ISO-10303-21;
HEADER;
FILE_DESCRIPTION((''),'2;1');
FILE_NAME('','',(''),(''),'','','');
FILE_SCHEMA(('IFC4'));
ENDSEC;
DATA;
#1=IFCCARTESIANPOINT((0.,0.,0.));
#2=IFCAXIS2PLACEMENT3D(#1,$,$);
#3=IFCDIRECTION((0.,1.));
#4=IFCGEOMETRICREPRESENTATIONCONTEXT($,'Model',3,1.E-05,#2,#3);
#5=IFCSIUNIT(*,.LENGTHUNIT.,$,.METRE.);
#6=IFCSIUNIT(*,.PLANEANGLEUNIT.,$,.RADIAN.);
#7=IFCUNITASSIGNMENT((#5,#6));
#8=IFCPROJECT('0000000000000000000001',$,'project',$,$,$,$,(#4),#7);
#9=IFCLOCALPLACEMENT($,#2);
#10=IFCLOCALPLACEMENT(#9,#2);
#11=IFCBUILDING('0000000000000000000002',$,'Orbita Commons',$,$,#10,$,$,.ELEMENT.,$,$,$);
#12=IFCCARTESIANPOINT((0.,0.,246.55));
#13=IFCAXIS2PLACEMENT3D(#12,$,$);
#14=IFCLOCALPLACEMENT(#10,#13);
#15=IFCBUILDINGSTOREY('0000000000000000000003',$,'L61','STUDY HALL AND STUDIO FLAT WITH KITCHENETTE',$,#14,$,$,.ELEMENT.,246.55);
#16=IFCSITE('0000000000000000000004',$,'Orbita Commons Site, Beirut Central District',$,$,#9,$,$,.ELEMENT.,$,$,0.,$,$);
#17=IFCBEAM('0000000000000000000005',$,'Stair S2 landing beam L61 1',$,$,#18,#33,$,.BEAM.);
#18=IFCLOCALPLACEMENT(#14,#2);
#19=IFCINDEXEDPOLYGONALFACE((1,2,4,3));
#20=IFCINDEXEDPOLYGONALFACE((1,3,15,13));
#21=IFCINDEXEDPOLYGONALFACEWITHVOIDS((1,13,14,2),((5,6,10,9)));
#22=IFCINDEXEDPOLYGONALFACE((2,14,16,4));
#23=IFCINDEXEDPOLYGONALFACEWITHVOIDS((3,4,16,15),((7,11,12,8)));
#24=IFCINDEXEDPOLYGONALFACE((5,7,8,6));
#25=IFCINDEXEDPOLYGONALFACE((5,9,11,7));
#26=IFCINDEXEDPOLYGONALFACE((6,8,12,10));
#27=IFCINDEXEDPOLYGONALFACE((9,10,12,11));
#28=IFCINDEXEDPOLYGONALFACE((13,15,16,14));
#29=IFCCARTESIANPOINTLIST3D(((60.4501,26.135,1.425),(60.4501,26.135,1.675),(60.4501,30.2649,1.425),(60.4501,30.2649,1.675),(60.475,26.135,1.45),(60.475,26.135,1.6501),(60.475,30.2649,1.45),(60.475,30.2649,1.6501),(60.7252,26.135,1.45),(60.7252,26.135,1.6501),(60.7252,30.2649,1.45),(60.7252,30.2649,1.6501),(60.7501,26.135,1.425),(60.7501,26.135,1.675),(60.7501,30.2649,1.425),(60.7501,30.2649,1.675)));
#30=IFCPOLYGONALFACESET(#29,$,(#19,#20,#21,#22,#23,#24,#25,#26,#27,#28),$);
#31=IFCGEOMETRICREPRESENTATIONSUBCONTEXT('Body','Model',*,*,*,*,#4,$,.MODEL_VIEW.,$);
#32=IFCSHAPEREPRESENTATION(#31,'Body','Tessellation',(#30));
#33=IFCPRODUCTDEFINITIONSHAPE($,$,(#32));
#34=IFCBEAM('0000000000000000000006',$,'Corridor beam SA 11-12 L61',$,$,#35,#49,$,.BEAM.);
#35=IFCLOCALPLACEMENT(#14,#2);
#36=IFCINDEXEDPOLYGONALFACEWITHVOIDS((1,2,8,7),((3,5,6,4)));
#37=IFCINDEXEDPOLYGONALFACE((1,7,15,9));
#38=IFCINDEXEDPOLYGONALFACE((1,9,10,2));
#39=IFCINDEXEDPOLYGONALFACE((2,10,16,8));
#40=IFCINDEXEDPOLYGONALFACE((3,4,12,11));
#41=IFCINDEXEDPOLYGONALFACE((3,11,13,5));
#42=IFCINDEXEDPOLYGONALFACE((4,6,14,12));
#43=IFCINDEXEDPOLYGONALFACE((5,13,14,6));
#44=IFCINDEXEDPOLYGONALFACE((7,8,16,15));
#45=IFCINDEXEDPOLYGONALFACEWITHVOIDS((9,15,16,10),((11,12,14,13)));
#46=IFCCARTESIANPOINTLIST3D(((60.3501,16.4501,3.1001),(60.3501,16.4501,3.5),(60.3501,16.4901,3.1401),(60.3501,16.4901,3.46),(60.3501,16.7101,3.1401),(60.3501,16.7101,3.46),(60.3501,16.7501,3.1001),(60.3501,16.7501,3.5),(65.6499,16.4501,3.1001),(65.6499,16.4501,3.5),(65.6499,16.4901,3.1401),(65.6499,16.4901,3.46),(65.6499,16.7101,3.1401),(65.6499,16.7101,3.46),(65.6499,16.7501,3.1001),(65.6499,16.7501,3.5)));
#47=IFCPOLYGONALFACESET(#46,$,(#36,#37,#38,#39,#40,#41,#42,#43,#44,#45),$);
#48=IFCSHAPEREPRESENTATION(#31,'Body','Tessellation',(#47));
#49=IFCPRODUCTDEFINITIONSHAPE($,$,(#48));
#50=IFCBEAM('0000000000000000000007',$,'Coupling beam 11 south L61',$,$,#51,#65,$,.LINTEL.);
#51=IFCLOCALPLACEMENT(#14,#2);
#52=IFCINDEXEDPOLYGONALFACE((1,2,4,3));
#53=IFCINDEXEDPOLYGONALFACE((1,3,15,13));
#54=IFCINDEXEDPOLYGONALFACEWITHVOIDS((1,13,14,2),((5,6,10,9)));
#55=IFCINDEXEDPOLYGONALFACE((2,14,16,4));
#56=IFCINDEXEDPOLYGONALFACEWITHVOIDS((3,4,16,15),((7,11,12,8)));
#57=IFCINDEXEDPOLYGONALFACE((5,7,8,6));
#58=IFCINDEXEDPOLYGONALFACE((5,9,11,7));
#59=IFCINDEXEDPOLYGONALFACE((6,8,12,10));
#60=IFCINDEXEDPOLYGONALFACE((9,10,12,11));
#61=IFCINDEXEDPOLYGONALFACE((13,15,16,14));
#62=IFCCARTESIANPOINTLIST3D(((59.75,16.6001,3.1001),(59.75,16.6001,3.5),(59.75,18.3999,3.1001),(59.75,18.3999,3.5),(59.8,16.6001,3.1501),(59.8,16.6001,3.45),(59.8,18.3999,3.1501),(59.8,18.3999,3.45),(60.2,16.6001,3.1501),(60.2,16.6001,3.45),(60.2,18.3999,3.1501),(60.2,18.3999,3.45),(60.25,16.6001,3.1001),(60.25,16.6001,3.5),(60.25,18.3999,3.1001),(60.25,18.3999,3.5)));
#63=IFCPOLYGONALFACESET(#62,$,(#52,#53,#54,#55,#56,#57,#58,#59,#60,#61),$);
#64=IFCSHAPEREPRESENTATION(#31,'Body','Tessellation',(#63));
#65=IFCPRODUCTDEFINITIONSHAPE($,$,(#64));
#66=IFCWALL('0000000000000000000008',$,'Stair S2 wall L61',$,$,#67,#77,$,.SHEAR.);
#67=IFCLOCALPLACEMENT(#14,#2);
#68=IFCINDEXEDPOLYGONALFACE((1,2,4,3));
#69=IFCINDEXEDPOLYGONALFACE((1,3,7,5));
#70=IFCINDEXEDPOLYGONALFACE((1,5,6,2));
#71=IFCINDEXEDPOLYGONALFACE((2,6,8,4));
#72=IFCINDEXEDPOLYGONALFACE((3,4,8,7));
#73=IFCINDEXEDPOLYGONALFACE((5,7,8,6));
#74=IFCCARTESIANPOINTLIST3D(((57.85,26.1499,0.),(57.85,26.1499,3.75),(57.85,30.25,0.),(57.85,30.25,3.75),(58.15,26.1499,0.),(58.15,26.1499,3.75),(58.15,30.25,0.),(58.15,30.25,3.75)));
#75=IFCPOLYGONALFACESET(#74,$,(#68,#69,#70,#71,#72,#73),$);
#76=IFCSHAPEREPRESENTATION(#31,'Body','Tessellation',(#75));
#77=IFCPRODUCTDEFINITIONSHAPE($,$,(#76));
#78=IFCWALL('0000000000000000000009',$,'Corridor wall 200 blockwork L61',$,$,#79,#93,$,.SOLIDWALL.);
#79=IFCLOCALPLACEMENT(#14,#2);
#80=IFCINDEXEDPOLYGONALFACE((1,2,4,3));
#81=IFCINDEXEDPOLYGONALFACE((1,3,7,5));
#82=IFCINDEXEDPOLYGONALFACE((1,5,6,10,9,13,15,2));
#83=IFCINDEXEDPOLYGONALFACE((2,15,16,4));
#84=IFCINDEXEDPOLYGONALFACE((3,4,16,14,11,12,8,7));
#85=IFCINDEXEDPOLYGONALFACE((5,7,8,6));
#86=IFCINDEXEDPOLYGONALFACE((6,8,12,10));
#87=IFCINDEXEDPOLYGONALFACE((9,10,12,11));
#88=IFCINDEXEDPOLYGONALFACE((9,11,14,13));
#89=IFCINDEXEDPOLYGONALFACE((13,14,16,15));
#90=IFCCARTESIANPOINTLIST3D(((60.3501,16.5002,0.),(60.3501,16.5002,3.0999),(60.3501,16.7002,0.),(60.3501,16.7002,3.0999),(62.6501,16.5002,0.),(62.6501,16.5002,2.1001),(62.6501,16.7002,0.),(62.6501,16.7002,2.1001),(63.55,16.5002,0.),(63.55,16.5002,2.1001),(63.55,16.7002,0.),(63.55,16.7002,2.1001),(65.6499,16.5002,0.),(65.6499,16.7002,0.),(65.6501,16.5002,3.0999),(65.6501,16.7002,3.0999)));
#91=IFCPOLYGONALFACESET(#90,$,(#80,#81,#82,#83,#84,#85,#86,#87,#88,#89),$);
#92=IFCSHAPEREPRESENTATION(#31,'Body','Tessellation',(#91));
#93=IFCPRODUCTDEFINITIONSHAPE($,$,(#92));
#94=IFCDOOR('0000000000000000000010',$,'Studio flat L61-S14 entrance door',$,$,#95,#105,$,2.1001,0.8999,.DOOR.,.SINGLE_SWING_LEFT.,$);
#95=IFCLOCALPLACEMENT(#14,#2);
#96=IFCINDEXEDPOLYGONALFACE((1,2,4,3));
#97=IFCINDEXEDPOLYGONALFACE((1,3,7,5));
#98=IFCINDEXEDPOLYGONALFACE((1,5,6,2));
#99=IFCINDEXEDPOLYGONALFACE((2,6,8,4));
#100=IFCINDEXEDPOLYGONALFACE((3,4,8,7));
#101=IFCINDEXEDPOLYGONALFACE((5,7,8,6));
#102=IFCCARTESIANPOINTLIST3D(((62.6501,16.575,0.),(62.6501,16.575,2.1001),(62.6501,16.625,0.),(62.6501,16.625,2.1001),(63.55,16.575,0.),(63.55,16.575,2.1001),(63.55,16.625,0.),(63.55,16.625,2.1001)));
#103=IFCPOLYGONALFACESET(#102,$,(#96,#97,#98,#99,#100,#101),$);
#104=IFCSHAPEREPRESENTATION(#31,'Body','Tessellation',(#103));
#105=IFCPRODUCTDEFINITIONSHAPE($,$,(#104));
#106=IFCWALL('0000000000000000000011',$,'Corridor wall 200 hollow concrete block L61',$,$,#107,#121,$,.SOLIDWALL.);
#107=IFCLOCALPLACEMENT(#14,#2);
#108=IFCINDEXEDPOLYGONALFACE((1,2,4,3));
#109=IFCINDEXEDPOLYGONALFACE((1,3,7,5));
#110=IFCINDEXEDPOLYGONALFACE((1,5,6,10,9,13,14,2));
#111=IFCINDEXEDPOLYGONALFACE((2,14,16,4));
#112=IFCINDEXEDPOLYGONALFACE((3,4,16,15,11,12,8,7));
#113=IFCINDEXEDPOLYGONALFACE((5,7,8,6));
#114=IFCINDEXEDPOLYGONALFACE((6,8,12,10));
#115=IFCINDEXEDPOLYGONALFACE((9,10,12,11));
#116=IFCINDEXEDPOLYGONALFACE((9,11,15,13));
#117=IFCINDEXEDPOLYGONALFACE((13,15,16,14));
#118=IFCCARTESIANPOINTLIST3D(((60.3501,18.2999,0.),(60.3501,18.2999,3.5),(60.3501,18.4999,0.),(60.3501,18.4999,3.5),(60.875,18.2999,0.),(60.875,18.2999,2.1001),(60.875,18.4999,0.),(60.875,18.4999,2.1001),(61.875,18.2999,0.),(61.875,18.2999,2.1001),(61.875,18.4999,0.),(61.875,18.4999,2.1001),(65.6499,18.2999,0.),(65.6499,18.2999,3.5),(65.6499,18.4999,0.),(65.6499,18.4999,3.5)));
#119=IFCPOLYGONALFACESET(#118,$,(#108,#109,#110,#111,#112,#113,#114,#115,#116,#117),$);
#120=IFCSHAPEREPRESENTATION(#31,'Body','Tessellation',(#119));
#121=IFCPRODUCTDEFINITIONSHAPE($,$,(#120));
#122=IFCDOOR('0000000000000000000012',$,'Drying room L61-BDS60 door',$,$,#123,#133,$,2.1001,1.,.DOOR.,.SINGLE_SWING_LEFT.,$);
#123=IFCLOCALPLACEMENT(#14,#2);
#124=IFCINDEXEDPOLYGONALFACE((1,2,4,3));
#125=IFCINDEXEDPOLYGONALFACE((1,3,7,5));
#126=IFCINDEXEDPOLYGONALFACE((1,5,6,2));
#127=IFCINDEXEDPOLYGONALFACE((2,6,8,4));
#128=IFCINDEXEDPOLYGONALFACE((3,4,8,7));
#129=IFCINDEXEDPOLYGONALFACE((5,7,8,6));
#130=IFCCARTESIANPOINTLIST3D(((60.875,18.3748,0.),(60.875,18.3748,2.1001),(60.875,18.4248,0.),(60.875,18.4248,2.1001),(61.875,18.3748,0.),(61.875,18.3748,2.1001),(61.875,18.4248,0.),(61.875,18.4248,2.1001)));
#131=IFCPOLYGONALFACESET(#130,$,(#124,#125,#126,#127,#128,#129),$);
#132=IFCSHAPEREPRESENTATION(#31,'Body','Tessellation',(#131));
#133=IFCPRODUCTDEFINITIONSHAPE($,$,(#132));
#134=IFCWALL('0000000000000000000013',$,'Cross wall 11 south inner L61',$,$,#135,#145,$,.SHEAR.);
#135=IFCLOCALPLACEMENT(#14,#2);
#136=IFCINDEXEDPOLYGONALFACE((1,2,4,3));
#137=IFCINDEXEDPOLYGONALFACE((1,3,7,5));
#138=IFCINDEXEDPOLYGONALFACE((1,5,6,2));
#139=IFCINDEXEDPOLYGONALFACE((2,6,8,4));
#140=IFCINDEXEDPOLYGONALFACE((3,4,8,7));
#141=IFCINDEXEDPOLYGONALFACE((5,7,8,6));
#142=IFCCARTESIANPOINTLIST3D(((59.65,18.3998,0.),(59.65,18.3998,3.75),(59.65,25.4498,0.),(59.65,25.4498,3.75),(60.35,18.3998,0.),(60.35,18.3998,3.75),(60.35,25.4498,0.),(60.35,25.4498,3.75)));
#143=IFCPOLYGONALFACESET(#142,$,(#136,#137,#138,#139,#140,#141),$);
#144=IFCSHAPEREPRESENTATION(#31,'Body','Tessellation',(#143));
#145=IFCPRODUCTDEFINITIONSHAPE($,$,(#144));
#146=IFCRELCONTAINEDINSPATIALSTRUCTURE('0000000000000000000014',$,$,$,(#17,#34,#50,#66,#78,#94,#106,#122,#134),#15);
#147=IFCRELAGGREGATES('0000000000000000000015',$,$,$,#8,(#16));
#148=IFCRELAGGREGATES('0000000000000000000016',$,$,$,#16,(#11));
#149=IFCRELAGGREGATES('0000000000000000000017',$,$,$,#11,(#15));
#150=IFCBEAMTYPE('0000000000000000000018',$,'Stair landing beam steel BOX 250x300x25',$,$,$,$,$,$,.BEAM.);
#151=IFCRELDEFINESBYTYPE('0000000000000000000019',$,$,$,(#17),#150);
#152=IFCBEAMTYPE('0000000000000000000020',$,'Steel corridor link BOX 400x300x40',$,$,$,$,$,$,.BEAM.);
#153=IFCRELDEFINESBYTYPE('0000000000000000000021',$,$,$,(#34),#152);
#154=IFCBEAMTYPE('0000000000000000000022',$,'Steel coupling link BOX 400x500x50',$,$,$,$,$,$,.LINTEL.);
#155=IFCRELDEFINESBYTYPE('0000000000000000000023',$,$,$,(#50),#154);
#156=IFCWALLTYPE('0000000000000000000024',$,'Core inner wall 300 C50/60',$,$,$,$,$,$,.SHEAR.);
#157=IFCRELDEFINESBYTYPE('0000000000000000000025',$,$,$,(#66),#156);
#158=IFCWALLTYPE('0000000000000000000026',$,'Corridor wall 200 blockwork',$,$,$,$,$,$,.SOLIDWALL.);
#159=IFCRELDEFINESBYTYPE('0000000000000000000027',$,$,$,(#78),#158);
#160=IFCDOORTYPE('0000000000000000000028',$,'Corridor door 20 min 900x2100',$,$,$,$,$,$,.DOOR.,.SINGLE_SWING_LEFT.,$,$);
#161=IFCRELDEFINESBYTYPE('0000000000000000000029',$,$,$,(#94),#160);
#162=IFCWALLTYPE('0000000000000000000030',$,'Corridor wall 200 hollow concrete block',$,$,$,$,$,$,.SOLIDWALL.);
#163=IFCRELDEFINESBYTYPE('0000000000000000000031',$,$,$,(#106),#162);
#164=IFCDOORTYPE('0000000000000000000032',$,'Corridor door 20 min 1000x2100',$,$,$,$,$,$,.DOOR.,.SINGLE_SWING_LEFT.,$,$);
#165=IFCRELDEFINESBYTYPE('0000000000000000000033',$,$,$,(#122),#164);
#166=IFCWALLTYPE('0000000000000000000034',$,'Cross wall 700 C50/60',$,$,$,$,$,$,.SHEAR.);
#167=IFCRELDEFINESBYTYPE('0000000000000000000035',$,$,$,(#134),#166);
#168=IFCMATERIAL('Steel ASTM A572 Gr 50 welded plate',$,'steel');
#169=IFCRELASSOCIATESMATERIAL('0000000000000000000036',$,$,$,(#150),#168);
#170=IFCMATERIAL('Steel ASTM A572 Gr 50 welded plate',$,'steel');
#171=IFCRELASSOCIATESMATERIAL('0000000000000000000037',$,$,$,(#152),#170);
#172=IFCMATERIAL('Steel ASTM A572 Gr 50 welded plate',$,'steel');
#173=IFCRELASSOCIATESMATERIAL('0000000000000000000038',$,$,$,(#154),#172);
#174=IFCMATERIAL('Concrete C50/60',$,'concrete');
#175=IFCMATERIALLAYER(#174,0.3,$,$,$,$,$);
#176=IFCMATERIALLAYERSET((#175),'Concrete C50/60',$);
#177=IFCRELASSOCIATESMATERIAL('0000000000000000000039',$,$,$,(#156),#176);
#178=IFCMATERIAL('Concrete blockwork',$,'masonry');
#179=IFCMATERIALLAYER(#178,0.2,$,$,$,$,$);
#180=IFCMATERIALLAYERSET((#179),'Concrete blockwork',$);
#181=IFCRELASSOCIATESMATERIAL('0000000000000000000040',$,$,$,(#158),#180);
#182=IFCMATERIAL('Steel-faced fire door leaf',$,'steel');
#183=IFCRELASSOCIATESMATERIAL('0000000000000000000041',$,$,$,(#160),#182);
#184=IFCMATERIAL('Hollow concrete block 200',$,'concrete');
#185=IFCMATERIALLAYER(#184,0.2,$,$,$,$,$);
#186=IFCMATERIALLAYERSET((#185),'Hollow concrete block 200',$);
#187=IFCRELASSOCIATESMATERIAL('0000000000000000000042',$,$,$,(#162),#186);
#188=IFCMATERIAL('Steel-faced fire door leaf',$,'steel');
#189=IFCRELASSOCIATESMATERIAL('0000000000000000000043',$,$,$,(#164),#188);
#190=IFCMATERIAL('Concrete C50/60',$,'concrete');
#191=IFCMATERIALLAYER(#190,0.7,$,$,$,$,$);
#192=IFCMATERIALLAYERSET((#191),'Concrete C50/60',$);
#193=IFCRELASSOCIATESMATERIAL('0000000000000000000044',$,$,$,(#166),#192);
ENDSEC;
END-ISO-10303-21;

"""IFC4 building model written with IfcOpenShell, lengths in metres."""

from ifc_helpers import new_model, si_unit, direction, frame, frame_2d, origin, origin_2d, place, context, subcontext, project, spatial, polyline, rectangle, hollow_rectangle, outline, extrude, material, layer, layer_set, material_profile, profile_set, type_object, element, fill, save


model = new_model("IFC4")

# Units and contexts
model_context = context("Model", 3, precision=1e-05, world=origin(), true_north=direction((0.0, 1.0)))
body_context = subcontext(model_context, "Body", "Model", "MODEL_VIEW")
ifc_project = project(units=[si_unit("LENGTHUNIT", "METRE"), si_unit("PLANEANGLEUNIT", "RADIAN")], contexts=[model_context])

# Site, building, storey
site_placement = place(None, origin())
site = spatial("IfcSite", under=ifc_project, at=site_placement, Name="Orbita Commons Site, Beirut Central District", CompositionType="ELEMENT", RefElevation=0.0)
building_placement = place(site_placement, origin())
building = spatial("IfcBuilding", under=site, at=building_placement, Name="Orbita Commons", CompositionType="ELEMENT")
storey_placement = place(building_placement, frame((0.0, 0.0, 246.55)))
storey = spatial("IfcBuildingStorey", under=building, at=storey_placement, Name="L61", Description="STUDY HALL AND STUDIO FLAT WITH KITCHENETTE", CompositionType="ELEMENT", Elevation=246.55)

# Beams
ifc_material_1 = material(Name="Steel ASTM A572 Gr 50 welded plate", Category="steel")
ifc_material_profile_1 = material_profile(ifc_material_1, hollow_rectangle(XDim=0.3, YDim=0.25, WallThickness=0.0249, at=origin_2d()), Name="BOX 250x300x25")
ifc_profile_set_1 = profile_set([ifc_material_profile_1], Name="Steel ASTM A572 Gr 50 welded plate")
beam_type_1 = type_object("IfcBeamType", Name="Stair landing beam steel BOX 250x300x25", PredefinedType="BEAM", material=ifc_profile_set_1)
beam_1_placement = place(storey_placement, frame((60.6001, 26.135, 1.55), z_axis=(0.0, 1.0, 0.0), x_axis=(-1.0, 0.0, 0.0)))
element("IfcBeam", 1, at=beam_1_placement, inside=storey, type_object=beam_type_1, Name="Stair S2 landing beam L61 1", PredefinedType="BEAM", context=body_context, shape_type="SweptSolid", body=[
    extrude(hollow_rectangle(XDim=0.3, YDim=0.25, WallThickness=0.0249, at=origin_2d()), origin(), (0.0, 0.0, 1.0), 4.1299),
])
ifc_material_2 = material(Name="Steel ASTM A572 Gr 50 welded plate", Category="steel")
ifc_material_profile_2 = material_profile(ifc_material_2, hollow_rectangle(XDim=0.3, YDim=0.3999, WallThickness=0.04, at=origin_2d()), Name="BOX 400x300x40")
ifc_profile_set_2 = profile_set([ifc_material_profile_2], Name="Steel ASTM A572 Gr 50 welded plate")
beam_type_2 = type_object("IfcBeamType", Name="Steel corridor link BOX 400x300x40", PredefinedType="BEAM", material=ifc_profile_set_2)
beam_2_placement = place(storey_placement, frame((60.3501, 16.6001, 3.3), z_axis=(1.0, 0.0, 0.0), x_axis=(0.0, 1.0, 0.0)))
element("IfcBeam", 2, at=beam_2_placement, inside=storey, type_object=beam_type_2, Name="Corridor beam SA 11-12 L61", PredefinedType="BEAM", context=body_context, shape_type="SweptSolid", body=[
    extrude(hollow_rectangle(XDim=0.3, YDim=0.3999, WallThickness=0.04, at=origin_2d()), origin(), (0.0, 0.0, 1.0), 5.2998),
])
ifc_material_3 = material(Name="Steel ASTM A572 Gr 50 welded plate", Category="steel")
ifc_material_profile_3 = material_profile(ifc_material_3, hollow_rectangle(XDim=0.5, YDim=0.3999, WallThickness=0.05, at=origin_2d()), Name="BOX 400x500x50")
ifc_profile_set_3 = profile_set([ifc_material_profile_3], Name="Steel ASTM A572 Gr 50 welded plate")
beam_type_3 = type_object("IfcBeamType", Name="Steel coupling link BOX 400x500x50", PredefinedType="LINTEL", material=ifc_profile_set_3)
beam_3_placement = place(storey_placement, frame((60.0, 16.6001, 3.3), z_axis=(0.0, 1.0, 0.0), x_axis=(-1.0, 0.0, 0.0)))
element("IfcBeam", 3, at=beam_3_placement, inside=storey, type_object=beam_type_3, Name="Coupling beam 11 south L61", PredefinedType="LINTEL", context=body_context, shape_type="SweptSolid", body=[
    extrude(hollow_rectangle(XDim=0.5, YDim=0.3999, WallThickness=0.05, at=origin_2d()), origin(), (0.0, 0.0, 1.0), 1.7998),
])

# Wall
ifc_material_4 = material(Name="Concrete C50/60", Category="concrete")
ifc_layer_1 = layer(ifc_material_4, 0.3)
ifc_layer_set_1 = layer_set([ifc_layer_1], Name="Concrete C50/60")
wall_type_1 = type_object("IfcWallType", Name="Core inner wall 300 C50/60", PredefinedType="SHEAR", material=ifc_layer_set_1)
wall_1_placement = place(storey_placement, frame((58.0, 26.1499, 0.0), z_axis=(0.0, 0.0, 1.0), x_axis=(0.0, 1.0, 0.0)))
element("IfcWall", 4, at=wall_1_placement, inside=storey, type_object=wall_type_1, Name="Stair S2 wall L61", PredefinedType="SHEAR", context=body_context, shape_type="SweptSolid", body=[
    extrude(rectangle(XDim=4.1001, YDim=0.3, at=frame_2d((2.05, 0.0))), origin(), (0.0, 0.0, 1.0), 3.75),
])

# Walls, openings, doors
ifc_material_5 = material(Name="Concrete blockwork", Category="masonry")
ifc_layer_2 = layer(ifc_material_5, 0.2)
ifc_layer_set_2 = layer_set([ifc_layer_2], Name="Concrete blockwork")
wall_type_2 = type_object("IfcWallType", Name="Corridor wall 200 blockwork", PredefinedType="SOLIDWALL", material=ifc_layer_set_2)
wall_2_placement = place(storey_placement, frame((60.3501, 16.6001, 0.0), z_axis=(0.0, 0.0, 1.0), x_axis=(1.0, 0.0, 0.0)))
wall_2 = element("IfcWall", 5, at=wall_2_placement, inside=storey, type_object=wall_type_2, Name="Corridor wall 200 blockwork L61", PredefinedType="SOLIDWALL", context=body_context, shape_type="SweptSolid", body=[
    extrude(outline(polyline([(0.0, 0.0), (5.2998, 0.0), (5.3, 3.0999), (0.0, 3.0999), (0.0, 0.0)])), frame((0.0, 0.1001, 0.0), z_axis=(0.0, -1.0, 0.0), x_axis=(1.0, 0.0, 0.0)), (0.0, 0.0, 1.0), 0.2),
])
opening_1_placement = place(wall_2_placement, frame((2.3, 0.0, 0.0)))
opening_1 = element("IfcOpeningElement", 6, at=opening_1_placement, cuts=wall_2, PredefinedType="OPENING", context=body_context, shape_type="SweptSolid", body=[
    extrude(rectangle(XDim=0.8999, YDim=2.1001, at=frame_2d((0.45, 1.05))), frame((0.0, 0.1099, 0.0), z_axis=(0.0, -1.0, 0.0), x_axis=(1.0, 0.0, 0.0)), (0.0, 0.0, 1.0), 0.22),
])
ifc_material_6 = material(Name="Steel-faced fire door leaf", Category="steel")
door_type_1 = type_object("IfcDoorType", Name="Corridor door 20 min 900x2100", OperationType="SINGLE_SWING_LEFT", PredefinedType="DOOR", material=ifc_material_6)
door_1_placement = place(opening_1_placement, origin())
door_1 = element("IfcDoor", 7, at=door_1_placement, inside=storey, type_object=door_type_1, Name="Studio flat L61-S14 entrance door", OperationType="SINGLE_SWING_LEFT", OverallHeight=2.1001, OverallWidth=0.8999, PredefinedType="DOOR", context=body_context, shape_type="SweptSolid", body=[
    extrude(rectangle(XDim=0.8999, YDim=2.1001, at=frame_2d((0.45, 1.05))), frame((0.0, 0.0249, 0.0), z_axis=(0.0, -1.0, 0.0), x_axis=(1.0, 0.0, 0.0)), (0.0, 0.0, 1.0), 0.05),
])
fill(opening_1, door_1)
ifc_material_7 = material(Name="Hollow concrete block 200", Category="concrete")
ifc_layer_3 = layer(ifc_material_7, 0.2)
ifc_layer_set_3 = layer_set([ifc_layer_3], Name="Hollow concrete block 200")
wall_type_3 = type_object("IfcWallType", Name="Corridor wall 200 hollow concrete block", PredefinedType="SOLIDWALL", material=ifc_layer_set_3)
wall_3_placement = place(storey_placement, frame((60.3501, 18.3999, 0.0), z_axis=(0.0, 0.0, 1.0), x_axis=(1.0, 0.0, 0.0)))
wall_3 = element("IfcWall", 8, at=wall_3_placement, inside=storey, type_object=wall_type_3, Name="Corridor wall 200 hollow concrete block L61", PredefinedType="SOLIDWALL", context=body_context, shape_type="SweptSolid", body=[
    extrude(rectangle(XDim=5.2998, YDim=0.2, at=frame_2d((2.6499, 0.0))), origin(), (0.0, 0.0, 1.0), 3.5),
])
opening_2_placement = place(wall_3_placement, frame((0.5249, 0.0, 0.0)))
opening_2 = element("IfcOpeningElement", 9, at=opening_2_placement, cuts=wall_3, PredefinedType="OPENING", context=body_context, shape_type="SweptSolid", body=[
    extrude(rectangle(XDim=1.0, YDim=2.1001, at=frame_2d((0.5, 1.05))), frame((0.0, 0.1099, 0.0), z_axis=(0.0, -1.0, 0.0), x_axis=(1.0, 0.0, 0.0)), (0.0, 0.0, 1.0), 0.22),
])
ifc_material_8 = material(Name="Steel-faced fire door leaf", Category="steel")
door_type_2 = type_object("IfcDoorType", Name="Corridor door 20 min 1000x2100", OperationType="SINGLE_SWING_LEFT", PredefinedType="DOOR", material=ifc_material_8)
door_2_placement = place(opening_2_placement, origin())
door_2 = element("IfcDoor", 10, at=door_2_placement, inside=storey, type_object=door_type_2, Name="Drying room L61-BDS60 door", OperationType="SINGLE_SWING_LEFT", OverallHeight=2.1001, OverallWidth=1.0, PredefinedType="DOOR", context=body_context, shape_type="SweptSolid", body=[
    extrude(rectangle(XDim=1.0, YDim=2.1001, at=frame_2d((0.5, 1.05))), frame((0.0, 0.0249, 0.0), z_axis=(0.0, -1.0, 0.0), x_axis=(1.0, 0.0, 0.0)), (0.0, 0.0, 1.0), 0.05),
])
fill(opening_2, door_2)

# Wall
ifc_material_9 = material(Name="Concrete C50/60", Category="concrete")
ifc_layer_4 = layer(ifc_material_9, 0.7)
ifc_layer_set_4 = layer_set([ifc_layer_4], Name="Concrete C50/60")
wall_type_4 = type_object("IfcWallType", Name="Cross wall 700 C50/60", PredefinedType="SHEAR", material=ifc_layer_set_4)
wall_4_placement = place(storey_placement, frame((60.0, 18.3999, 0.0), z_axis=(0.0, 0.0, 1.0), x_axis=(0.0, 1.0, 0.0)))
element("IfcWall", 11, at=wall_4_placement, inside=storey, type_object=wall_type_4, Name="Cross wall 11 south inner L61", PredefinedType="SHEAR", context=body_context, shape_type="SweptSolid", body=[
    extrude(rectangle(XDim=7.05, YDim=0.7, at=frame_2d((3.5249, 0.0))), origin(), (0.0, 0.0, 1.0), 3.75),
])

save(model, "model.ifc")
